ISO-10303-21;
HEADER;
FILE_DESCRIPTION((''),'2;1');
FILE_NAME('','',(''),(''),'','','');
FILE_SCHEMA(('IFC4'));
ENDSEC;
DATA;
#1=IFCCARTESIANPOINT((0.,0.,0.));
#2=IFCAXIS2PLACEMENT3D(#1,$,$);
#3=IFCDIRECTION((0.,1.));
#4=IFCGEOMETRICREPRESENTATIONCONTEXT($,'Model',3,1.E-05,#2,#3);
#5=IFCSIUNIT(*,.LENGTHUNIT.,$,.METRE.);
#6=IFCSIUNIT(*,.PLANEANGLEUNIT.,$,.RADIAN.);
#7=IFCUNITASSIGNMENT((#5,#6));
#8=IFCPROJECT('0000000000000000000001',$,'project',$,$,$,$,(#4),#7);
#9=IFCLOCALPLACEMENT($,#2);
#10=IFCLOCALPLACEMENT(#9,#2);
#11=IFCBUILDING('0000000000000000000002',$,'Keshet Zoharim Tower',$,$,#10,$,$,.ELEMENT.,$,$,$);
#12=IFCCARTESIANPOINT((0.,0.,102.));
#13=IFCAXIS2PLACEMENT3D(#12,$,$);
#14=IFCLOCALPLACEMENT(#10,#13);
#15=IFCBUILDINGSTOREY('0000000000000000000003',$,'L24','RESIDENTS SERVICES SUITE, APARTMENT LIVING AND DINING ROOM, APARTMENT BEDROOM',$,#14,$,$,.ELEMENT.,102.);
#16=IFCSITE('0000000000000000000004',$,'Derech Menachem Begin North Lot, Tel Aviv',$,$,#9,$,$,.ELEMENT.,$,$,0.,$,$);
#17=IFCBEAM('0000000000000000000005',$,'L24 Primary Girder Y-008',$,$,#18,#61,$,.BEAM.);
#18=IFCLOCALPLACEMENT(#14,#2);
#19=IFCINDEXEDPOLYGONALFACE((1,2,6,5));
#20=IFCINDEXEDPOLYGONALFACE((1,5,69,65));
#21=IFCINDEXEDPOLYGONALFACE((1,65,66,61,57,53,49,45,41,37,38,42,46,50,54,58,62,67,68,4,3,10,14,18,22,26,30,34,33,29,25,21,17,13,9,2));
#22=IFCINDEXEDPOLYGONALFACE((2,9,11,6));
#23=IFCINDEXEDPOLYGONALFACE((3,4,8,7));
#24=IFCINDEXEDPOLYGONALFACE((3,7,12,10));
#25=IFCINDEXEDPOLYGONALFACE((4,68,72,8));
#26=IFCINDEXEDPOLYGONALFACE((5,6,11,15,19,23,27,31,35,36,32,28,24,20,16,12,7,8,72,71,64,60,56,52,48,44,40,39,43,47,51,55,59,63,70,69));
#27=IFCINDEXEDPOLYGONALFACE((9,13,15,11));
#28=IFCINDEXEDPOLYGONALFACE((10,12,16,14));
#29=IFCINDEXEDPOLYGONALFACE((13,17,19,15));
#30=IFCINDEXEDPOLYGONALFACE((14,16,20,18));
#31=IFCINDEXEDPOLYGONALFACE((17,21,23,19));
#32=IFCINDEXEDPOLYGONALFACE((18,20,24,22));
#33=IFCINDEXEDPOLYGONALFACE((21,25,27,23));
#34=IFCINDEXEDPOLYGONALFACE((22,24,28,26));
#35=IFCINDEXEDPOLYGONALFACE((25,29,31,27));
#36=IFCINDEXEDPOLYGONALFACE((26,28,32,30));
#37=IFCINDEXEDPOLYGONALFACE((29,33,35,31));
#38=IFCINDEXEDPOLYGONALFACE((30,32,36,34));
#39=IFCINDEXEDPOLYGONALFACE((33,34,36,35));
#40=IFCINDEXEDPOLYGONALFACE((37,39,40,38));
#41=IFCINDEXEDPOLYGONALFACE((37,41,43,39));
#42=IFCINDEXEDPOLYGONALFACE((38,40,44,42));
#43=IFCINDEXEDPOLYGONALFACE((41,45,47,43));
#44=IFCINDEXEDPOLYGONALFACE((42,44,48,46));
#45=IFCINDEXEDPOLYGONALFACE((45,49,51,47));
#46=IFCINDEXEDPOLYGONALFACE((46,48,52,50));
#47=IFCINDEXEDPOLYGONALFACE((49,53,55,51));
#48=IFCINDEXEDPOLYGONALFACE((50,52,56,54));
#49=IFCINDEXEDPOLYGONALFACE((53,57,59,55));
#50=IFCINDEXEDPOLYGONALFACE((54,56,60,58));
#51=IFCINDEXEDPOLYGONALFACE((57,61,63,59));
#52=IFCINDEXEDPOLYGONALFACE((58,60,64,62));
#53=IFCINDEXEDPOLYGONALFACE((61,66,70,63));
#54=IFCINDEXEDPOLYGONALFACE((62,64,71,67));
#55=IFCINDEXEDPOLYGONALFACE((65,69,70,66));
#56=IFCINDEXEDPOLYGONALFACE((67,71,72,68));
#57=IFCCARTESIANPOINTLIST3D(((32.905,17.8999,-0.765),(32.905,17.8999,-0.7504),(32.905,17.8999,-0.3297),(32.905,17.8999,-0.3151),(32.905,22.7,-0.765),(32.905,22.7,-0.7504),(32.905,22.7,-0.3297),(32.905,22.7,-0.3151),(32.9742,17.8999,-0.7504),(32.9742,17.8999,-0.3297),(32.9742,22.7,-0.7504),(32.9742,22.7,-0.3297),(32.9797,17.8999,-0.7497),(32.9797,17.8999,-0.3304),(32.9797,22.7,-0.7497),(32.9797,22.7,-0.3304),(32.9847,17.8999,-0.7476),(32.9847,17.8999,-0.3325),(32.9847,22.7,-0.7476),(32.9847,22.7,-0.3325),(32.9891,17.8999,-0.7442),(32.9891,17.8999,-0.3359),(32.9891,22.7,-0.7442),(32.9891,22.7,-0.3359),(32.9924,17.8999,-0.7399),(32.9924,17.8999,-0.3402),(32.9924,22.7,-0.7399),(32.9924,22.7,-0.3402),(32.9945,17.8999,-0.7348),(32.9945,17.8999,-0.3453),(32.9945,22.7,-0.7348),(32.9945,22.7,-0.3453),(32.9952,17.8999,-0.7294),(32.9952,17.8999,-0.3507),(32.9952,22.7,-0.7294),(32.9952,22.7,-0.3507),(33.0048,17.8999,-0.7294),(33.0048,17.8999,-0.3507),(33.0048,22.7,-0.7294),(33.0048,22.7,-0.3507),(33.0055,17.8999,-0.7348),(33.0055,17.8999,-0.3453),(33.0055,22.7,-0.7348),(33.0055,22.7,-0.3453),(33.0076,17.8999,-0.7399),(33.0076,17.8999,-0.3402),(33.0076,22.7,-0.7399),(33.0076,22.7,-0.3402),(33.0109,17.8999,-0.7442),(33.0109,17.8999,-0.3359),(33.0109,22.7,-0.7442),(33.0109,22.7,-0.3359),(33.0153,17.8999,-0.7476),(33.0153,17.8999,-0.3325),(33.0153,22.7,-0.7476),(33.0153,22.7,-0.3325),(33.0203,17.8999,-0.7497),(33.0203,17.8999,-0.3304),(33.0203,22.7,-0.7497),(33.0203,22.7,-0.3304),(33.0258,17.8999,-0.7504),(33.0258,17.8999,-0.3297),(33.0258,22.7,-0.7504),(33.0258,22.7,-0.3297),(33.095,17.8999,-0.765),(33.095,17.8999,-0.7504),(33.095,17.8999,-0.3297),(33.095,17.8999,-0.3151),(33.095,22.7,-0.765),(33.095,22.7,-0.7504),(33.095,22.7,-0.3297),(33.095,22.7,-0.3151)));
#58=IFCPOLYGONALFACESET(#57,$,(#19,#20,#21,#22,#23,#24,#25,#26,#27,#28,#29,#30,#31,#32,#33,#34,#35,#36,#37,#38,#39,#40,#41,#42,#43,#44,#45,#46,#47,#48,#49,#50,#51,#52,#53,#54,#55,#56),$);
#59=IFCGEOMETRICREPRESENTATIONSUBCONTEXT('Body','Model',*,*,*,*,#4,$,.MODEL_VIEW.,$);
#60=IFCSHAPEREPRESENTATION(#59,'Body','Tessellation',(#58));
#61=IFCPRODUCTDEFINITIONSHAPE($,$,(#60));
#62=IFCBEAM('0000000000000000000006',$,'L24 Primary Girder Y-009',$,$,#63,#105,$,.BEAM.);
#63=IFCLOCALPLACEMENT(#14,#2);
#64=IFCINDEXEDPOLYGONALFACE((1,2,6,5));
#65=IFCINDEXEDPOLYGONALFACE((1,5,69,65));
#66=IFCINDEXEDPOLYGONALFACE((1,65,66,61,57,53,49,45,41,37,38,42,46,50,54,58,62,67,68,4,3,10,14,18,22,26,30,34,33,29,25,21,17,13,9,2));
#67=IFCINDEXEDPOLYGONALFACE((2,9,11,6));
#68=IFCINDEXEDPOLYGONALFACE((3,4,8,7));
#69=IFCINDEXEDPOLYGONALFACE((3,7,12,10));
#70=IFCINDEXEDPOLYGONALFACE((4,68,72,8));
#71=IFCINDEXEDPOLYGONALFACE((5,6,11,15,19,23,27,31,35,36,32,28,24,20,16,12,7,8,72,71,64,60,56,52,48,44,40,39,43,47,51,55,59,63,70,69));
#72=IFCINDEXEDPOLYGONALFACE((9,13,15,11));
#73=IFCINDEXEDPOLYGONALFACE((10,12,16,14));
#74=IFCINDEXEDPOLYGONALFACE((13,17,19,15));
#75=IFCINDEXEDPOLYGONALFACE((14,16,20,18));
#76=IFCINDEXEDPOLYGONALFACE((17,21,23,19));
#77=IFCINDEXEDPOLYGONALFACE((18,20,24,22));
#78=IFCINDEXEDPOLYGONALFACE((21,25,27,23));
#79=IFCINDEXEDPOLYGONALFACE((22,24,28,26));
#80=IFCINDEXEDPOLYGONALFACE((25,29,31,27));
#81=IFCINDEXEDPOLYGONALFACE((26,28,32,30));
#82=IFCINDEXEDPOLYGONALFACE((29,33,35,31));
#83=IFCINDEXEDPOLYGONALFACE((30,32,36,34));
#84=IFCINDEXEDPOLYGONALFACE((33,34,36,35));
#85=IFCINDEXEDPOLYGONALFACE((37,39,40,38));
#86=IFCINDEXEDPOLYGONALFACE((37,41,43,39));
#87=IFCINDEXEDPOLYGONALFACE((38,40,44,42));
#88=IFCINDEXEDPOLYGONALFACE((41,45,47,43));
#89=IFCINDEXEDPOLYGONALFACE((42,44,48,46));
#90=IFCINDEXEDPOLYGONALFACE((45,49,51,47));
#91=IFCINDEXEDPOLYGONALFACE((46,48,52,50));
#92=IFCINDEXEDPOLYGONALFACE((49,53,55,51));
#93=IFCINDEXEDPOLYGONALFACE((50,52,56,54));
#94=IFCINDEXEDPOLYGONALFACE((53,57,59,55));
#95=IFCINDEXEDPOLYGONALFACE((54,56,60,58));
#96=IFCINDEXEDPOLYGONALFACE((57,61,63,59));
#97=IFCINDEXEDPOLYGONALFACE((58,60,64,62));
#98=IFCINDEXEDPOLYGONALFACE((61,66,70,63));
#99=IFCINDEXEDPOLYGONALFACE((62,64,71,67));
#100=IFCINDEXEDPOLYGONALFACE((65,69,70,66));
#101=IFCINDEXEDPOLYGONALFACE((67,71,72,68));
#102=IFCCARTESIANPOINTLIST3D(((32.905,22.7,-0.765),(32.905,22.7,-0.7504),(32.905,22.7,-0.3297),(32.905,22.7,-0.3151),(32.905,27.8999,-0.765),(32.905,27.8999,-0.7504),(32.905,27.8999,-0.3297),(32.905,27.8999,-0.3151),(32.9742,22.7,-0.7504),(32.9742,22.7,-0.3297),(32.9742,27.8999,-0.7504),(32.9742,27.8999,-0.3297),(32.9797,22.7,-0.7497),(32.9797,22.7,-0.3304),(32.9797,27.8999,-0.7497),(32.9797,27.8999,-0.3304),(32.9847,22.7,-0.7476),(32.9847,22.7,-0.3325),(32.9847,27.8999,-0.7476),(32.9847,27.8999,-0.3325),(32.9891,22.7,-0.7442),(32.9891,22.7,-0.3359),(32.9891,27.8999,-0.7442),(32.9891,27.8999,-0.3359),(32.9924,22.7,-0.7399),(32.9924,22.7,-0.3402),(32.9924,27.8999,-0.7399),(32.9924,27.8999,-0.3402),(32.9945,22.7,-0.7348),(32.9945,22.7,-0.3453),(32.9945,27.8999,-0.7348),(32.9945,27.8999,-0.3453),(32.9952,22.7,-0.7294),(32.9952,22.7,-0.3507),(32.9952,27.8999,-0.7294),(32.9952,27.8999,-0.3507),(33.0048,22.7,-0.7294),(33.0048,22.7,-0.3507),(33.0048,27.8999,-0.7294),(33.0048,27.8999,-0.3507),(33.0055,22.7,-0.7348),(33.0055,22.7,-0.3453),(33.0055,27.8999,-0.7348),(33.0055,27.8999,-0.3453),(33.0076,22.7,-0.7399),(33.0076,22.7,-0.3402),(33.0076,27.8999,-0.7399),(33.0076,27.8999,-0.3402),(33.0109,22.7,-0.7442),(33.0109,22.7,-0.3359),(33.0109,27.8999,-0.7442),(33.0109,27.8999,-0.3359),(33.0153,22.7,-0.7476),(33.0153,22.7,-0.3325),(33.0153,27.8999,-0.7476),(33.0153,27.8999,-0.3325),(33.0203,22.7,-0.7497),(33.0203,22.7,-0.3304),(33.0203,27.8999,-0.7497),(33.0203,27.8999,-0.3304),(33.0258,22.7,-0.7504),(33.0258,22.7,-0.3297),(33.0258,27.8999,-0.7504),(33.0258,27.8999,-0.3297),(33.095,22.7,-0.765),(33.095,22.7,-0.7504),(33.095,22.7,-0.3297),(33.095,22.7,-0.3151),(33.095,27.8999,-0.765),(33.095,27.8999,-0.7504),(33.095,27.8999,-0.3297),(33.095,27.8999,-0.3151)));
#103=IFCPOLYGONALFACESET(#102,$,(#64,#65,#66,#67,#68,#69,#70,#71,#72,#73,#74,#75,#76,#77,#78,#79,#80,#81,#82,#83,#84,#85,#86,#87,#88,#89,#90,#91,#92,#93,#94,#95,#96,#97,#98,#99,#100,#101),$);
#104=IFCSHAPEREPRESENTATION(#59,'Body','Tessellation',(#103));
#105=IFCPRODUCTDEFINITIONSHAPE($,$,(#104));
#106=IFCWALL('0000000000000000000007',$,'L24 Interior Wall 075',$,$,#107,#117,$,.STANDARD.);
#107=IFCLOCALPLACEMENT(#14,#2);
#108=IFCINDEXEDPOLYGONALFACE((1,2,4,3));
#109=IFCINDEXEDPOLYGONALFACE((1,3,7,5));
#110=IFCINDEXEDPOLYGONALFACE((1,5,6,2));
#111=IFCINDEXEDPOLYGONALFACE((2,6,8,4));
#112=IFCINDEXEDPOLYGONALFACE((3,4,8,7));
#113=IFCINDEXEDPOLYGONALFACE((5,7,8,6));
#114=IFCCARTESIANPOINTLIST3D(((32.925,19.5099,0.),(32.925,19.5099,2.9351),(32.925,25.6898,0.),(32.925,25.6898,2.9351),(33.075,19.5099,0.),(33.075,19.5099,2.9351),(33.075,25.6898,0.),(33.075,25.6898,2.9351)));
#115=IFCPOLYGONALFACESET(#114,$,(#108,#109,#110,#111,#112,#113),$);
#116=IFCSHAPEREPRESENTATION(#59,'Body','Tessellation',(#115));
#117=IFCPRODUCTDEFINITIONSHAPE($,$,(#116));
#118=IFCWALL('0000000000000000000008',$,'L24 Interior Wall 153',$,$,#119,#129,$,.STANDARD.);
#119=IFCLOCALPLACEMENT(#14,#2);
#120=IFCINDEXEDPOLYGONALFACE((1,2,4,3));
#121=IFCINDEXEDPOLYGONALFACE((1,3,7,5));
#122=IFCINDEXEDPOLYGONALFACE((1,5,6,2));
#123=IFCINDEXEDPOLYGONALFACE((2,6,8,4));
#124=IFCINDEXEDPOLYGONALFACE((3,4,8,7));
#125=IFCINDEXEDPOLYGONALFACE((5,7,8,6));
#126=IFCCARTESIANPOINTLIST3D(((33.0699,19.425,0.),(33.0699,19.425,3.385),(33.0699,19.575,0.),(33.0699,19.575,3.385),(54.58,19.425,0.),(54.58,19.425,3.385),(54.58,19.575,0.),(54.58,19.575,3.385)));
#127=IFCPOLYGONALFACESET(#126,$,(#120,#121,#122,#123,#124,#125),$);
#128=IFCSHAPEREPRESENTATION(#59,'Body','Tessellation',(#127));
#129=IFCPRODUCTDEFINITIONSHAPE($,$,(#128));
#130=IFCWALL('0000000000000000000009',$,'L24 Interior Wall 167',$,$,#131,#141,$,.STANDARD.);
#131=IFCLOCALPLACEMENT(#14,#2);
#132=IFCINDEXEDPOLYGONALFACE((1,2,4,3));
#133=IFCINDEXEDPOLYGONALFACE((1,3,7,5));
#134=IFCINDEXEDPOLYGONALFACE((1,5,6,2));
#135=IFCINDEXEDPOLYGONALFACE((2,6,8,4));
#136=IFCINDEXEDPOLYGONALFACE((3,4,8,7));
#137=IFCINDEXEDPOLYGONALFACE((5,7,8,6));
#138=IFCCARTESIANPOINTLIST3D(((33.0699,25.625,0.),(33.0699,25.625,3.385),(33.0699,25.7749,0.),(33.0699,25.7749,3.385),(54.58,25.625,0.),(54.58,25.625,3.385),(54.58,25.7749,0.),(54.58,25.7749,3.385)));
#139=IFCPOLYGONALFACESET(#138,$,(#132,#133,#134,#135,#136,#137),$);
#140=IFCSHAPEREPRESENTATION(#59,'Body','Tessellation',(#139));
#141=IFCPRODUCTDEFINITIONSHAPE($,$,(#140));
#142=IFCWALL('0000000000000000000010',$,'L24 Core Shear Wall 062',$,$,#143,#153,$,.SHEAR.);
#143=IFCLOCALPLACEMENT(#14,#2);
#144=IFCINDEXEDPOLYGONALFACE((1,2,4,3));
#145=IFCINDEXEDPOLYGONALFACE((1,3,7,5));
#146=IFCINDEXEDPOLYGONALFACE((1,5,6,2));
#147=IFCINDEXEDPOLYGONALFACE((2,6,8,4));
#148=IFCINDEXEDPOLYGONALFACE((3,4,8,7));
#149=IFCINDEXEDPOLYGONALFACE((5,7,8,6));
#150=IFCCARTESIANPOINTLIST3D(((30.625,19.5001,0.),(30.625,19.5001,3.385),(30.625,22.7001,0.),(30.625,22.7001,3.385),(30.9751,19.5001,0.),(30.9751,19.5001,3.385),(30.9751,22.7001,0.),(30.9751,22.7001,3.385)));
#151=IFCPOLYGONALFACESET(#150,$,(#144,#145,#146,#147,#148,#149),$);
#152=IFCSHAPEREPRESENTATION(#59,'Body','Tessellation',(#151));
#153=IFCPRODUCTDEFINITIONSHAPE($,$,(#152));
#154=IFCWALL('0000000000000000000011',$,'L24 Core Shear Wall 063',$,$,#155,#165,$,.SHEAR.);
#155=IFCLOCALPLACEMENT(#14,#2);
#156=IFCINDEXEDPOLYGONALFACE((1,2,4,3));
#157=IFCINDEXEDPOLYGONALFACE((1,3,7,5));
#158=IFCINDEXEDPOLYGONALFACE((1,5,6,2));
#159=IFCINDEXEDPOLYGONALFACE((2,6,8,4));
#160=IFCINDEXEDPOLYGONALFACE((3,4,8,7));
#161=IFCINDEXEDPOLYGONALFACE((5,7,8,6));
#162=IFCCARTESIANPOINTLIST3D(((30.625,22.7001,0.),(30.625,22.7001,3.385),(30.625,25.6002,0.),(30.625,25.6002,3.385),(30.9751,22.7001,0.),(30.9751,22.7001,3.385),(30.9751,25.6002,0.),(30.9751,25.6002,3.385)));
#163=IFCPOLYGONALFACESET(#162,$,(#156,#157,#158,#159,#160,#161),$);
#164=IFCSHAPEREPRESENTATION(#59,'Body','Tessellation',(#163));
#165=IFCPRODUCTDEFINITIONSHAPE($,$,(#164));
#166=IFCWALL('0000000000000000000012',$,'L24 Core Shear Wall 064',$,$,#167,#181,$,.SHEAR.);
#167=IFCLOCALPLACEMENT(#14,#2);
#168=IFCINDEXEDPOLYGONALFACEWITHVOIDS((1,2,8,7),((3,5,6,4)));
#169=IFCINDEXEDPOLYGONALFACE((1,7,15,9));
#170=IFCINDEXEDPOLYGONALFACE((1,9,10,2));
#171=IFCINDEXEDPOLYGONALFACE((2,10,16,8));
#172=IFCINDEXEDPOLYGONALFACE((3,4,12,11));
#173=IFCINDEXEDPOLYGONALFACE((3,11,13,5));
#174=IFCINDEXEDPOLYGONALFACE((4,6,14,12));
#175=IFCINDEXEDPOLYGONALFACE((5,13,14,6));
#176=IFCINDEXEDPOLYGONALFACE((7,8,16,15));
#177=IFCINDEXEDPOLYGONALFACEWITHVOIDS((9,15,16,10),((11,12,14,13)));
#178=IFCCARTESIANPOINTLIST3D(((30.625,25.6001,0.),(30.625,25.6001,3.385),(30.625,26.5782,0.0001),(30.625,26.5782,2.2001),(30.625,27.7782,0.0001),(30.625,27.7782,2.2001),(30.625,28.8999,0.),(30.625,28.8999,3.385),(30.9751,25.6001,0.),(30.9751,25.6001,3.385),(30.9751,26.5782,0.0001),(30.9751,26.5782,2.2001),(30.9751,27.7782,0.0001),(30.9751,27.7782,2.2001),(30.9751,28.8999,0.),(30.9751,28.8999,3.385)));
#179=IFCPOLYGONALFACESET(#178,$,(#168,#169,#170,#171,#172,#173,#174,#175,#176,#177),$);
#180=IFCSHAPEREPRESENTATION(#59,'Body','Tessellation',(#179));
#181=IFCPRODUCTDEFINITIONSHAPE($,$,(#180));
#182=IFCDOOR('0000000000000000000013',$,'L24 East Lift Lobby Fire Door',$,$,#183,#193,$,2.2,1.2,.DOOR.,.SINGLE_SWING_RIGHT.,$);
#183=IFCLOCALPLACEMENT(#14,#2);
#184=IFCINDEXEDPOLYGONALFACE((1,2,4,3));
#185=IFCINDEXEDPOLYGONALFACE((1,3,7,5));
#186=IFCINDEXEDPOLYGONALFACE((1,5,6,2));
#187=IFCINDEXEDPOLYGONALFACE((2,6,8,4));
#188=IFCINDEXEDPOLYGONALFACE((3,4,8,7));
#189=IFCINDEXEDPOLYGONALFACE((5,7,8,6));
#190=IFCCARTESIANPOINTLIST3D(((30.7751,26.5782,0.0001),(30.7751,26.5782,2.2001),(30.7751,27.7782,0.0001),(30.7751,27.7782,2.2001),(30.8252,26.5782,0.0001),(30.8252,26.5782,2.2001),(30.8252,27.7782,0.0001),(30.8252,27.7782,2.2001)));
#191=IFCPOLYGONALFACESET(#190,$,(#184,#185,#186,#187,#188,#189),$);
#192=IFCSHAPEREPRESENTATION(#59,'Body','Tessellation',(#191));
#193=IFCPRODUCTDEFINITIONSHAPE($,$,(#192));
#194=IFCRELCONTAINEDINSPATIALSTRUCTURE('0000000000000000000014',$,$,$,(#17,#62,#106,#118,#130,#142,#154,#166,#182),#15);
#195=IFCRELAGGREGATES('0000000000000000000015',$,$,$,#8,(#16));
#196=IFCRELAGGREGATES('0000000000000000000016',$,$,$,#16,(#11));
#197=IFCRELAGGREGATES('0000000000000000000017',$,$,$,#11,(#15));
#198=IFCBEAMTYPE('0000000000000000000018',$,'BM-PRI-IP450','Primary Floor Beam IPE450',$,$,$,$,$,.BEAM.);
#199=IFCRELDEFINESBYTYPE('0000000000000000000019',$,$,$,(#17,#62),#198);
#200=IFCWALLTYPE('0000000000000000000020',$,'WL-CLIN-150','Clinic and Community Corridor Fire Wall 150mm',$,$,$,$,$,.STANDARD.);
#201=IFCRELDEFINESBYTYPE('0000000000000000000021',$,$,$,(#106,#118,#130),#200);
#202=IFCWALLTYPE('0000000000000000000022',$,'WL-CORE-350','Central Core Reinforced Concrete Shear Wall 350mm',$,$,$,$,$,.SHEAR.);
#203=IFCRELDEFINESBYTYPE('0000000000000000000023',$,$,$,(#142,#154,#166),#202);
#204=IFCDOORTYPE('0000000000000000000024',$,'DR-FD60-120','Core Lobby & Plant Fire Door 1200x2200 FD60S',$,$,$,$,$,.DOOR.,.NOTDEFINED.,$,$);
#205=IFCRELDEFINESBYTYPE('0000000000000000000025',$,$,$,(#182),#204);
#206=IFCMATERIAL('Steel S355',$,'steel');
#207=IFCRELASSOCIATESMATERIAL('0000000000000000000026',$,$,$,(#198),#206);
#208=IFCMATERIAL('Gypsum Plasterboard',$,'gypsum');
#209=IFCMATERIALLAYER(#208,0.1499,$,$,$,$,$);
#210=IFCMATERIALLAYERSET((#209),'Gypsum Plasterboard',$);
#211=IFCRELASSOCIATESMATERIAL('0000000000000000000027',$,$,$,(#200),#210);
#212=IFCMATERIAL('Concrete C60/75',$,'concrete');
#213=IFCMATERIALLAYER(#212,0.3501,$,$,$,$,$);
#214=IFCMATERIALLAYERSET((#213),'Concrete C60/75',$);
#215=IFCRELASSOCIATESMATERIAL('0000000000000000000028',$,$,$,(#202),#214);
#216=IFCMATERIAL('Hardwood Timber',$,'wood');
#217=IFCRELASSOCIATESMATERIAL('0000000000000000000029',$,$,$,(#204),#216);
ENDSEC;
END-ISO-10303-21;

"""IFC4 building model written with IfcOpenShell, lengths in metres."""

from ifc_helpers import new_model, si_unit, direction, frame, frame_2d, origin, origin_2d, place, context, subcontext, project, spatial, rectangle, i_section, extrude, material, layer, layer_set, material_profile, profile_set, type_object, element, fill, save


model = new_model("IFC4")

# Units and contexts
model_context = context("Model", 3, precision=1e-05, world=origin(), true_north=direction((0.0, 1.0)))
body_context = subcontext(model_context, "Body", "Model", "MODEL_VIEW")
ifc_project = project(units=[si_unit("LENGTHUNIT", "METRE"), si_unit("PLANEANGLEUNIT", "RADIAN")], contexts=[model_context])

# Site, building, storey
site_placement = place(None, origin())
site = spatial("IfcSite", under=ifc_project, at=site_placement, Name="Derech Menachem Begin North Lot, Tel Aviv", CompositionType="ELEMENT", RefElevation=0.0)
building_placement = place(site_placement, origin())
building = spatial("IfcBuilding", under=site, at=building_placement, Name="Keshet Zoharim Tower", CompositionType="ELEMENT")
storey_placement = place(building_placement, frame((0.0, 0.0, 102.0)))
storey = spatial("IfcBuildingStorey", under=building, at=storey_placement, Name="L24", Description="RESIDENTS SERVICES SUITE, APARTMENT LIVING AND DINING ROOM, APARTMENT BEDROOM", CompositionType="ELEMENT", Elevation=102.0)

# Shared definitions
ifc_material_1 = material(Name="Concrete C60/75", Category="concrete")

# Beams
ifc_material_2 = material(Name="Steel S355", Category="steel")
ifc_material_profile_1 = material_profile(ifc_material_2, i_section(OverallWidth=0.1899, OverallDepth=0.45, WebThickness=0.0095, FlangeThickness=0.0146, FilletRadius=0.021, at=origin_2d()), Name="IPE450")
ifc_profile_set_1 = profile_set([ifc_material_profile_1], Name="Steel S355")
beam_type_1 = type_object("IfcBeamType", Name="BM-PRI-IP450", Description="Primary Floor Beam IPE450", PredefinedType="BEAM", material=ifc_profile_set_1)
beam_1_placement = place(storey_placement, frame((33.0, 17.8999, -0.54), z_axis=(0.0, 1.0, 0.0), x_axis=(-1.0, 0.0, 0.0)))
element("IfcBeam", 1, at=beam_1_placement, inside=storey, type_object=beam_type_1, Name="L24 Primary Girder Y-008", PredefinedType="BEAM", context=body_context, shape_type="SweptSolid", body=[
    extrude(i_section(OverallWidth=0.1899, OverallDepth=0.45, WebThickness=0.0095, FlangeThickness=0.0146, FilletRadius=0.021, at=origin_2d()), origin(), (0.0, 0.0, 1.0), 4.8),
])
beam_2_placement = place(storey_placement, frame((33.0, 22.7, -0.54), z_axis=(0.0, 1.0, 0.0), x_axis=(-1.0, 0.0, 0.0)))
element("IfcBeam", 2, at=beam_2_placement, inside=storey, type_object=beam_type_1, Name="L24 Primary Girder Y-009", PredefinedType="BEAM", context=body_context, shape_type="SweptSolid", body=[
    extrude(i_section(OverallWidth=0.1899, OverallDepth=0.45, WebThickness=0.0095, FlangeThickness=0.0146, FilletRadius=0.021, at=origin_2d()), origin(), (0.0, 0.0, 1.0), 5.2),
])

# Walls
ifc_material_3 = material(Name="Gypsum Plasterboard", Category="gypsum")
ifc_layer_1 = layer(ifc_material_3, 0.1499)
ifc_layer_set_1 = layer_set([ifc_layer_1], Name="Gypsum Plasterboard")
wall_type_1 = type_object("IfcWallType", Name="WL-CLIN-150", Description="Clinic and Community Corridor Fire Wall 150mm", PredefinedType="STANDARD", material=ifc_layer_set_1)
wall_1_placement = place(storey_placement, frame((33.0, 19.51, 0.0), z_axis=(0.0, 0.0, 1.0), x_axis=(0.0, 1.0, 0.0)))
element("IfcWall", 3, at=wall_1_placement, inside=storey, type_object=wall_type_1, Name="L24 Interior Wall 075", PredefinedType="STANDARD", context=body_context, shape_type="SweptSolid", body=[
    extrude(rectangle(XDim=6.1799, YDim=0.1499, at=frame_2d((3.0898, 0.0))), origin(), (0.0, 0.0, 1.0), 2.9351),
])
for number, where, z_axis, x_axis, name in (
    (4, (33.0701, 19.5, 0.0), (0.0, 0.0, 1.0), (1.0, 0.0, 0.0), "L24 Interior Wall 153"),
    (5, (33.0701, 25.7, 0.0), (0.0, 0.0, 1.0), (1.0, 0.0, 0.0), "L24 Interior Wall 167"),
):
    element("IfcWall", number, at=place(storey_placement, frame(where, z_axis=z_axis, x_axis=x_axis)), inside=storey, type_object=wall_type_1, Name=name, PredefinedType="STANDARD", context=body_context, shape_type="SweptSolid", body=[
        extrude(rectangle(XDim=21.51, YDim=0.1499, at=frame_2d((10.7549, 0.0))), origin(), (0.0, 0.0, 1.0), 3.385),
    ])
ifc_layer_2 = layer(ifc_material_1, 0.3501)
ifc_layer_set_2 = layer_set([ifc_layer_2], Name="Concrete C60/75")
wall_type_2 = type_object("IfcWallType", Name="WL-CORE-350", Description="Central Core Reinforced Concrete Shear Wall 350mm", PredefinedType="SHEAR", material=ifc_layer_set_2)
wall_2_placement = place(storey_placement, frame((30.8, 19.5, 0.0), z_axis=(0.0, 0.0, 1.0), x_axis=(0.0, 1.0, 0.0)))
element("IfcWall", 6, at=wall_2_placement, inside=storey, type_object=wall_type_2, Name="L24 Core Shear Wall 062", PredefinedType="SHEAR", context=body_context, shape_type="SweptSolid", body=[
    extrude(rectangle(XDim=3.2, YDim=0.3501, at=frame_2d((1.6001, 0.0))), origin(), (0.0, 0.0, 1.0), 3.385),
])
wall_3_placement = place(storey_placement, frame((30.8, 22.7, 0.0), z_axis=(0.0, 0.0, 1.0), x_axis=(0.0, 1.0, 0.0)))
element("IfcWall", 7, at=wall_3_placement, inside=storey, type_object=wall_type_2, Name="L24 Core Shear Wall 063", PredefinedType="SHEAR", context=body_context, shape_type="SweptSolid", body=[
    extrude(rectangle(XDim=2.9001, YDim=0.3501, at=frame_2d((1.4502, 0.0))), origin(), (0.0, 0.0, 1.0), 3.385),
])

# Wall, opening, door
wall_4_placement = place(storey_placement, frame((30.8, 25.6001, 0.0), z_axis=(0.0, 0.0, 1.0), x_axis=(0.0, 1.0, 0.0)))
wall_4 = element("IfcWall", 8, at=wall_4_placement, inside=storey, type_object=wall_type_2, Name="L24 Core Shear Wall 064", PredefinedType="SHEAR", context=body_context, shape_type="SweptSolid", body=[
    extrude(rectangle(XDim=3.2998, YDim=0.3501, at=frame_2d((1.6499, 0.0))), origin(), (0.0, 0.0, 1.0), 3.385),
])
opening_placement = place(wall_4_placement, frame((0.978, 0.0, 0.0)))
opening = element("IfcOpeningElement", 9, at=opening_placement, cuts=wall_4, PredefinedType="OPENING", context=body_context, shape_type="SweptSolid", body=[
    extrude(rectangle(XDim=1.2, YDim=2.2, at=frame_2d((0.6001, 1.1001))), frame((0.0, 0.1851, 0.0), z_axis=(0.0, -1.0, 0.0), x_axis=(1.0, 0.0, 0.0)), (0.0, 0.0, 1.0), 0.3701),
])
ifc_material_4 = material(Name="Hardwood Timber", Category="wood")
door_type = type_object("IfcDoorType", Name="DR-FD60-120", Description="Core Lobby & Plant Fire Door 1200x2200 FD60S", OperationType="NOTDEFINED", PredefinedType="DOOR", material=ifc_material_4)
door_placement = place(opening_placement, origin())
door = element("IfcDoor", 10, at=door_placement, inside=storey, type_object=door_type, Name="L24 East Lift Lobby Fire Door", OperationType="SINGLE_SWING_RIGHT", OverallHeight=2.2, OverallWidth=1.2, PredefinedType="DOOR", context=body_context, shape_type="SweptSolid", body=[
    extrude(rectangle(XDim=1.2, YDim=2.2, at=frame_2d((0.6001, 1.1001))), frame((0.0, 0.0249, 0.0), z_axis=(0.0, -1.0, 0.0), x_axis=(1.0, 0.0, 0.0)), (0.0, 0.0, 1.0), 0.05),
])
fill(opening, door)

save(model, "model.ifc")
